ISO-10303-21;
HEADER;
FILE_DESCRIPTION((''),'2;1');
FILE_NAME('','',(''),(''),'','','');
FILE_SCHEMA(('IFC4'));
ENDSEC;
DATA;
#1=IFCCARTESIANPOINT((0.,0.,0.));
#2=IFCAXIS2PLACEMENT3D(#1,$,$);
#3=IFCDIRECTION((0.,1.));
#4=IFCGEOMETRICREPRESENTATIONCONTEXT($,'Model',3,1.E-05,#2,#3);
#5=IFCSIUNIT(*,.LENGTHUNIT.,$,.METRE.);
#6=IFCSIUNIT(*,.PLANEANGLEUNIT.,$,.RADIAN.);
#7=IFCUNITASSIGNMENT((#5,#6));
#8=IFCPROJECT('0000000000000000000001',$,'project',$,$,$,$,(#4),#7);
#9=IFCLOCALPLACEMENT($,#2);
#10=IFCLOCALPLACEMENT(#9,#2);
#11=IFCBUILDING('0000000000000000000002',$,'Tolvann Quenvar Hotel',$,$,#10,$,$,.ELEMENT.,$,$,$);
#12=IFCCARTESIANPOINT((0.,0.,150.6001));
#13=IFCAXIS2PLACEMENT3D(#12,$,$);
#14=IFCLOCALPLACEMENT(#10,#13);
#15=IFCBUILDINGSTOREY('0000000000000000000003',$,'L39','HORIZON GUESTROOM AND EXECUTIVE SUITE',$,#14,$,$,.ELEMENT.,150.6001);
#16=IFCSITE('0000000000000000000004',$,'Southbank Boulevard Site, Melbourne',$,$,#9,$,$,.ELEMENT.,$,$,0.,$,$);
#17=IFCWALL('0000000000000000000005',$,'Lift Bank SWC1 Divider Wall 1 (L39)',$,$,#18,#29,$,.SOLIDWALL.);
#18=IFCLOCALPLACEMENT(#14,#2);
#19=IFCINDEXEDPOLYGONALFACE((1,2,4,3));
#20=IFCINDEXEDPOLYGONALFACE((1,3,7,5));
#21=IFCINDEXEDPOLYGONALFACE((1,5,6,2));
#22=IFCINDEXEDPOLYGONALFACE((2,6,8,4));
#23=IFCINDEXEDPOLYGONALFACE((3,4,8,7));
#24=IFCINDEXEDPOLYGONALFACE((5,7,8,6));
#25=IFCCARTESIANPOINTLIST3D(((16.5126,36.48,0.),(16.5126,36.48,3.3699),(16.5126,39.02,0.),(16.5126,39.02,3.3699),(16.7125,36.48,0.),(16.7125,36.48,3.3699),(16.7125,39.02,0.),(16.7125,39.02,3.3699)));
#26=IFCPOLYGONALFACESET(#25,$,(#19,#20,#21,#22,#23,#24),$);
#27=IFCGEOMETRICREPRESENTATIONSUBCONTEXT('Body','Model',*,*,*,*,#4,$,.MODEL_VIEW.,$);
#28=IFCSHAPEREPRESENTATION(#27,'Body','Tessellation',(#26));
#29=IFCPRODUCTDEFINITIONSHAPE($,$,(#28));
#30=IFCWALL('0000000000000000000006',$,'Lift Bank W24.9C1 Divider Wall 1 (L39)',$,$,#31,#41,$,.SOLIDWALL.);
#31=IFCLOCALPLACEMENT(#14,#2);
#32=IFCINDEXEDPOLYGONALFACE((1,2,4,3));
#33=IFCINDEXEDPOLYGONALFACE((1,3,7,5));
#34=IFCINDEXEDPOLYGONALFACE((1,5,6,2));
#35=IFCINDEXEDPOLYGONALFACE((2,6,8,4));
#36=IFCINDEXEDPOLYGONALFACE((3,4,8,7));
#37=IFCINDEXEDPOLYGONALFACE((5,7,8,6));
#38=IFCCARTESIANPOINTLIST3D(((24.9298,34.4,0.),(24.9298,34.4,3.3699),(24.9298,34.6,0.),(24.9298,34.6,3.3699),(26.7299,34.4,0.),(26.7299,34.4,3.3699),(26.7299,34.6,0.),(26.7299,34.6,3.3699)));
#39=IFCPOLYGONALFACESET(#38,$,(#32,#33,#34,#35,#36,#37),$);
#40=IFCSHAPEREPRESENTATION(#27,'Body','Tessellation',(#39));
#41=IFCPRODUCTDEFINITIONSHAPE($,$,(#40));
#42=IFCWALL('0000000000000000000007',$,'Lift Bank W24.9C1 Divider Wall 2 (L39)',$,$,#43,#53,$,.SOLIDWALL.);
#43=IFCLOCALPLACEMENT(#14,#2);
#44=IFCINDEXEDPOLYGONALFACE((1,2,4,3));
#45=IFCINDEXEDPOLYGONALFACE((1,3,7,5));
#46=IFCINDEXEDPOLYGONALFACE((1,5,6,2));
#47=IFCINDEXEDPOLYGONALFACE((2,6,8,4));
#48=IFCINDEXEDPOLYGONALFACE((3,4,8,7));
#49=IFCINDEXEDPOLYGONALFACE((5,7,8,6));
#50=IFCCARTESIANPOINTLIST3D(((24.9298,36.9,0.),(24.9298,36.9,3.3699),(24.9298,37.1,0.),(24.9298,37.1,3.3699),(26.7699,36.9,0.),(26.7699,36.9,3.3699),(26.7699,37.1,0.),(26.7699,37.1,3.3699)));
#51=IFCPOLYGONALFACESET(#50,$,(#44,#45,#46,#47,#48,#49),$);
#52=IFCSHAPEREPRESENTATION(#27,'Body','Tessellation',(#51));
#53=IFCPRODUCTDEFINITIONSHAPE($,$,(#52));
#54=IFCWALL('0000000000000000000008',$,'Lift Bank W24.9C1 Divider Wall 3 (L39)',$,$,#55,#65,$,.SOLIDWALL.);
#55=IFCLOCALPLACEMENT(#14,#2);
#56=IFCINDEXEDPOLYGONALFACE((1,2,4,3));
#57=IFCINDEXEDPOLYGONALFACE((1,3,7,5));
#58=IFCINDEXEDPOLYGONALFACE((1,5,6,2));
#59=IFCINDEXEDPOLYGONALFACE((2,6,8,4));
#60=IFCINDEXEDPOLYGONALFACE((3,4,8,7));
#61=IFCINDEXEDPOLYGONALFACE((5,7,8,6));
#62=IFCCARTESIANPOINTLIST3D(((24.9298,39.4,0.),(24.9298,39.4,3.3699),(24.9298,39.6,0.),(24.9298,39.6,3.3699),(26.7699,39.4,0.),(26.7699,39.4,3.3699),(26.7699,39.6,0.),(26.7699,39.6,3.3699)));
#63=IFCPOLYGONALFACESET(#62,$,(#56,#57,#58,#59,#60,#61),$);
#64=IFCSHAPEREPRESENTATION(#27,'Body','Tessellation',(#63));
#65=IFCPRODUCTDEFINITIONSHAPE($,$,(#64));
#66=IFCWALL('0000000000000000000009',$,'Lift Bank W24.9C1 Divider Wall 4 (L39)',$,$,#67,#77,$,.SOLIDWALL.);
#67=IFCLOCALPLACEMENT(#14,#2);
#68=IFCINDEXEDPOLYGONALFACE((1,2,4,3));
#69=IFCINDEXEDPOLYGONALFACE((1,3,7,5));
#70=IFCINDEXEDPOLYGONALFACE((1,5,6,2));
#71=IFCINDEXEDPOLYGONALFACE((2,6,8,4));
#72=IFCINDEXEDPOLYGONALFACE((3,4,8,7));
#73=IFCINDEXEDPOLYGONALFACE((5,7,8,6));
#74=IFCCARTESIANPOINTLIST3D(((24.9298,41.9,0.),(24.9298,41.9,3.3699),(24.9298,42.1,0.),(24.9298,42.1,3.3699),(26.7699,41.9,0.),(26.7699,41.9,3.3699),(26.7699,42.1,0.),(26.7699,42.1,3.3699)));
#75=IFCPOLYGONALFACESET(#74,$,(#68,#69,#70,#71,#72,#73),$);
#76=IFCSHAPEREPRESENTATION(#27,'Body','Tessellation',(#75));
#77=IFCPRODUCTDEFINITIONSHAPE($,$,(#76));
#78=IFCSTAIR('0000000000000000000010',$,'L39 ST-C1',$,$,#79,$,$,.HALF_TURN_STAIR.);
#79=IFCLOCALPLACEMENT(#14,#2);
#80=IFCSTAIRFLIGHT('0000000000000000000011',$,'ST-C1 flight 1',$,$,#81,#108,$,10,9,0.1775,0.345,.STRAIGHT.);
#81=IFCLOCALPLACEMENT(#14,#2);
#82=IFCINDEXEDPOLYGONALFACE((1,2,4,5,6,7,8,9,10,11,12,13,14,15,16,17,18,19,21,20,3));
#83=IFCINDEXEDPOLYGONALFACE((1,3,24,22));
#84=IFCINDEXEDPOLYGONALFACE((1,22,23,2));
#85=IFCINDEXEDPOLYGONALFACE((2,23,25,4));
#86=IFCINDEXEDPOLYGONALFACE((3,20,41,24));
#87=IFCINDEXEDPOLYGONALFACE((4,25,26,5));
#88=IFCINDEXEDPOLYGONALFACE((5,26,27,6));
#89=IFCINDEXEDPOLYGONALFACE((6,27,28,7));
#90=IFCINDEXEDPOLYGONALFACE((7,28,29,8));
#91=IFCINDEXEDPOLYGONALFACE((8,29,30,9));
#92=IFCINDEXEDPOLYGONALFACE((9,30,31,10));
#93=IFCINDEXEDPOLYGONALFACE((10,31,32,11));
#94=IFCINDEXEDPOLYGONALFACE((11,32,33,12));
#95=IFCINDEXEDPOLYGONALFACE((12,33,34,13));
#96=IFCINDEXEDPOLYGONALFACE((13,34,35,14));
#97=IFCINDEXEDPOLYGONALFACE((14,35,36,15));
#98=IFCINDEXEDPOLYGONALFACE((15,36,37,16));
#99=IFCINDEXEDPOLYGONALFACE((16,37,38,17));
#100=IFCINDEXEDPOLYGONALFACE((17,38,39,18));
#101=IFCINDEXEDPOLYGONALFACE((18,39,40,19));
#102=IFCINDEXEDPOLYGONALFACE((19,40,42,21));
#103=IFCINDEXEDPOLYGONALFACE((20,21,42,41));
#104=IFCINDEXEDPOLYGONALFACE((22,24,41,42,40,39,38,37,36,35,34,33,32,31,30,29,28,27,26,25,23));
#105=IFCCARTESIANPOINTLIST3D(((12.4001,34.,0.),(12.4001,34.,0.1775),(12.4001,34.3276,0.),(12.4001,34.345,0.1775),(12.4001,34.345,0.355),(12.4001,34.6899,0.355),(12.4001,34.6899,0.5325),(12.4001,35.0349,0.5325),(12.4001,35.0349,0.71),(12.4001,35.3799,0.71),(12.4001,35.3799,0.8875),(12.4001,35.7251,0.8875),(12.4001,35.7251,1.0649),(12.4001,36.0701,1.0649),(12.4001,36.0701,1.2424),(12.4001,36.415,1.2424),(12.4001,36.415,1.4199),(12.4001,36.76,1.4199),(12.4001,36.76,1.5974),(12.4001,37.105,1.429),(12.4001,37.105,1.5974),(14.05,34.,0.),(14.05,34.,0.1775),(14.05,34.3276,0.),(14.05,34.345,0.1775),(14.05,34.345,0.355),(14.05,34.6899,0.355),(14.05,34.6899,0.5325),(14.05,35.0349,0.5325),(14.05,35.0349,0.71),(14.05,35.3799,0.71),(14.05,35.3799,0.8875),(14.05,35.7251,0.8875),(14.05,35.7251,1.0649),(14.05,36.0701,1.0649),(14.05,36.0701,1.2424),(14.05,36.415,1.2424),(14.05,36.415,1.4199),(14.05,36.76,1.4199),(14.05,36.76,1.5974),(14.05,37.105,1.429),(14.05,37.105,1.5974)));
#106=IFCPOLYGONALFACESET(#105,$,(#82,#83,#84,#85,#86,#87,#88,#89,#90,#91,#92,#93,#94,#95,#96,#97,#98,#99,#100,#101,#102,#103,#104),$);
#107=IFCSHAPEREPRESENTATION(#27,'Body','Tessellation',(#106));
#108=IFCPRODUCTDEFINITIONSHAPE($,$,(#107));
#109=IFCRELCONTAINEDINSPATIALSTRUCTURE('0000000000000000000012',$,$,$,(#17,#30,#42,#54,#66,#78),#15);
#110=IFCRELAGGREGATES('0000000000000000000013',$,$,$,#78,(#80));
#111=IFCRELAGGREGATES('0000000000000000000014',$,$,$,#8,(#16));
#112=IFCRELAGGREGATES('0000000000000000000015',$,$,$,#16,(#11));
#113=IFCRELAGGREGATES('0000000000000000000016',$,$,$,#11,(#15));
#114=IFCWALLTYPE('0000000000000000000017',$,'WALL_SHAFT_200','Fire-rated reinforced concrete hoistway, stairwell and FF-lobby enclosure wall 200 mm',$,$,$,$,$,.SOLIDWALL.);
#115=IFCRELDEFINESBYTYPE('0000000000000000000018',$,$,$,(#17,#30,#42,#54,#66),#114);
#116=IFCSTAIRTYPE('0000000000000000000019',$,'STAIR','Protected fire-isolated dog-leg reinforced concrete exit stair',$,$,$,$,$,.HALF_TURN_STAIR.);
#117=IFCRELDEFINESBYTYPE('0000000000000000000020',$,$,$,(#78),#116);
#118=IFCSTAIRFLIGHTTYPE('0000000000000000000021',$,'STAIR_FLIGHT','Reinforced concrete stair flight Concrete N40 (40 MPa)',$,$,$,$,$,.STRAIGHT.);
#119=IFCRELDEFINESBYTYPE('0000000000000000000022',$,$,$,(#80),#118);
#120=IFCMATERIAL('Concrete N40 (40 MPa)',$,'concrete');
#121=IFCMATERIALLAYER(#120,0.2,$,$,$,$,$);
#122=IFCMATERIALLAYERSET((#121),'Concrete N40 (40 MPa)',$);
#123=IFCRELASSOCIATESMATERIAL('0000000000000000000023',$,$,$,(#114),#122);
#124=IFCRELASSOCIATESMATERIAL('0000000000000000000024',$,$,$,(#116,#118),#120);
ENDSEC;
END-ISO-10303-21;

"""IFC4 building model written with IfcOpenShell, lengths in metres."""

from ifc_helpers import new_model, si_unit, direction, frame, frame_2d, origin, place, context, subcontext, project, spatial, polyline, rectangle, outline, extrude, material, layer, layer_set, type_object, element, aggregate, save


model = new_model("IFC4")

# Units and contexts
model_context = context("Model", 3, precision=1e-05, world=origin(), true_north=direction((0.0, 1.0)))
body_context = subcontext(model_context, "Body", "Model", "MODEL_VIEW")
ifc_project = project(units=[si_unit("LENGTHUNIT", "METRE"), si_unit("PLANEANGLEUNIT", "RADIAN")], contexts=[model_context])

# Site, building, storey
site_placement = place(None, origin())
site = spatial("IfcSite", under=ifc_project, at=site_placement, Name="Southbank Boulevard Site, Melbourne", CompositionType="ELEMENT", RefElevation=0.0)
building_placement = place(site_placement, origin())
building = spatial("IfcBuilding", under=site, at=building_placement, Name="Tolvann Quenvar Hotel", CompositionType="ELEMENT")
storey_placement = place(building_placement, frame((0.0, 0.0, 150.6001)))
storey = spatial("IfcBuildingStorey", under=building, at=storey_placement, Name="L39", Description="HORIZON GUESTROOM AND EXECUTIVE SUITE", CompositionType="ELEMENT", Elevation=150.6001)

# Shared definitions
ifc_material_1 = material(Name="Concrete N40 (40 MPa)", Category="concrete")
ifc_layer_1 = layer(ifc_material_1, 0.2)
ifc_layer_set_1 = layer_set([ifc_layer_1], Name="Concrete N40 (40 MPa)")
wall_type_1 = type_object("IfcWallType", Name="WALL_SHAFT_200", Description="Fire-rated reinforced concrete hoistway, stairwell and FF-lobby enclosure wall 200 mm", PredefinedType="SOLIDWALL", material=ifc_layer_set_1)

# Wall
for number, where, z_axis, x_axis, name in (
    (1, (16.6125, 36.48, 0.0), (0.0, 0.0, 1.0), (0.0, 1.0, 0.0), "Lift Bank SWC1 Divider Wall 1 (L39)"),
):
    element("IfcWall", number, at=place(storey_placement, frame(where, z_axis=z_axis, x_axis=x_axis)), inside=storey, type_object=wall_type_1, Name=name, PredefinedType="SOLIDWALL", context=body_context, shape_type="SweptSolid", body=[
        extrude(rectangle(XDim=2.54, YDim=0.2, at=frame_2d((1.27, 0.0))), origin(), (0.0, 0.0, 1.0), 3.3699),
    ])

# Walls
wall_1_placement = place(storey_placement, frame((24.9299, 34.5, 0.0), z_axis=(0.0, 0.0, 1.0), x_axis=(1.0, 0.0, 0.0)))
element("IfcWall", 2, at=wall_1_placement, inside=storey, type_object=wall_type_1, Name="Lift Bank W24.9C1 Divider Wall 1 (L39)", PredefinedType="SOLIDWALL", context=body_context, shape_type="SweptSolid", body=[
    extrude(rectangle(XDim=1.8, YDim=0.2, at=frame_2d((0.8999, 0.0))), origin(), (0.0, 0.0, 1.0), 3.3699),
])
for number, where, z_axis, x_axis, name in (
    (3, (24.9299, 37.0, 0.0), (0.0, 0.0, 1.0), (1.0, 0.0, 0.0), "Lift Bank W24.9C1 Divider Wall 2 (L39)"),
    (4, (24.9299, 39.5, 0.0), (0.0, 0.0, 1.0), (1.0, 0.0, 0.0), "Lift Bank W24.9C1 Divider Wall 3 (L39)"),
    (5, (24.9299, 42.0, 0.0), (0.0, 0.0, 1.0), (1.0, 0.0, 0.0), "Lift Bank W24.9C1 Divider Wall 4 (L39)"),
):
    element("IfcWall", number, at=place(storey_placement, frame(where, z_axis=z_axis, x_axis=x_axis)), inside=storey, type_object=wall_type_1, Name=name, PredefinedType="SOLIDWALL", context=body_context, shape_type="SweptSolid", body=[
        extrude(rectangle(XDim=1.8401, YDim=0.2, at=frame_2d((0.9199, 0.0))), origin(), (0.0, 0.0, 1.0), 3.3699),
    ])

# Stair, stair flight
stair_type = type_object("IfcStairType", Name="STAIR", Description="Protected fire-isolated dog-leg reinforced concrete exit stair", PredefinedType="HALF_TURN_STAIR", material=ifc_material_1)
stair_placement = place(storey_placement, origin())
stair = element("IfcStair", 6, at=stair_placement, inside=storey, type_object=stair_type, Name="L39 ST-C1", PredefinedType="HALF_TURN_STAIR")
stair_flight_type = type_object("IfcStairFlightType", Name="STAIR_FLIGHT", Description="Reinforced concrete stair flight Concrete N40 (40 MPa)", PredefinedType="STRAIGHT", material=ifc_material_1)
stair_flight_placement = place(storey_placement, frame((13.2251, 34.0, 0.0), z_axis=(0.0, 0.0, 1.0), x_axis=(0.0, 1.0, 0.0)))
stair_flight = element("IfcStairFlight", 7, at=stair_flight_placement, type_object=stair_flight_type, Name="ST-C1 flight 1", NumberOfRisers=10, NumberOfTreads=9, PredefinedType="STRAIGHT", RiserHeight=0.1775, TreadLength=0.345, context=body_context, shape_type="SweptSolid", body=[
    extrude(outline(polyline([(0.0, 0.0), (0.0, 0.1775), (0.345, 0.1775), (0.345, 0.355), (0.6899, 0.355), (0.6899, 0.5325), (1.0349, 0.5325), (1.0349, 0.71), (1.3799, 0.71), (1.3799, 0.8875), (1.7251, 0.8875), (1.7251, 1.0649), (2.0701, 1.0649), (2.0701, 1.2424), (2.415, 1.2424), (2.415, 1.4199), (2.76, 1.4199), (2.76, 1.5974), (3.105, 1.5974), (3.105, 1.7749), (3.105, 1.429), (0.3276, 0.0), (0.0, 0.0)])), frame((0.0, 0.825, 0.0), z_axis=(0.0, -1.0, 0.0), x_axis=(1.0, 0.0, 0.0)), (0.0, 0.0, 1.0), 1.6499),
])
aggregate(stair, [stair_flight])

save(model, "model.ifc")
